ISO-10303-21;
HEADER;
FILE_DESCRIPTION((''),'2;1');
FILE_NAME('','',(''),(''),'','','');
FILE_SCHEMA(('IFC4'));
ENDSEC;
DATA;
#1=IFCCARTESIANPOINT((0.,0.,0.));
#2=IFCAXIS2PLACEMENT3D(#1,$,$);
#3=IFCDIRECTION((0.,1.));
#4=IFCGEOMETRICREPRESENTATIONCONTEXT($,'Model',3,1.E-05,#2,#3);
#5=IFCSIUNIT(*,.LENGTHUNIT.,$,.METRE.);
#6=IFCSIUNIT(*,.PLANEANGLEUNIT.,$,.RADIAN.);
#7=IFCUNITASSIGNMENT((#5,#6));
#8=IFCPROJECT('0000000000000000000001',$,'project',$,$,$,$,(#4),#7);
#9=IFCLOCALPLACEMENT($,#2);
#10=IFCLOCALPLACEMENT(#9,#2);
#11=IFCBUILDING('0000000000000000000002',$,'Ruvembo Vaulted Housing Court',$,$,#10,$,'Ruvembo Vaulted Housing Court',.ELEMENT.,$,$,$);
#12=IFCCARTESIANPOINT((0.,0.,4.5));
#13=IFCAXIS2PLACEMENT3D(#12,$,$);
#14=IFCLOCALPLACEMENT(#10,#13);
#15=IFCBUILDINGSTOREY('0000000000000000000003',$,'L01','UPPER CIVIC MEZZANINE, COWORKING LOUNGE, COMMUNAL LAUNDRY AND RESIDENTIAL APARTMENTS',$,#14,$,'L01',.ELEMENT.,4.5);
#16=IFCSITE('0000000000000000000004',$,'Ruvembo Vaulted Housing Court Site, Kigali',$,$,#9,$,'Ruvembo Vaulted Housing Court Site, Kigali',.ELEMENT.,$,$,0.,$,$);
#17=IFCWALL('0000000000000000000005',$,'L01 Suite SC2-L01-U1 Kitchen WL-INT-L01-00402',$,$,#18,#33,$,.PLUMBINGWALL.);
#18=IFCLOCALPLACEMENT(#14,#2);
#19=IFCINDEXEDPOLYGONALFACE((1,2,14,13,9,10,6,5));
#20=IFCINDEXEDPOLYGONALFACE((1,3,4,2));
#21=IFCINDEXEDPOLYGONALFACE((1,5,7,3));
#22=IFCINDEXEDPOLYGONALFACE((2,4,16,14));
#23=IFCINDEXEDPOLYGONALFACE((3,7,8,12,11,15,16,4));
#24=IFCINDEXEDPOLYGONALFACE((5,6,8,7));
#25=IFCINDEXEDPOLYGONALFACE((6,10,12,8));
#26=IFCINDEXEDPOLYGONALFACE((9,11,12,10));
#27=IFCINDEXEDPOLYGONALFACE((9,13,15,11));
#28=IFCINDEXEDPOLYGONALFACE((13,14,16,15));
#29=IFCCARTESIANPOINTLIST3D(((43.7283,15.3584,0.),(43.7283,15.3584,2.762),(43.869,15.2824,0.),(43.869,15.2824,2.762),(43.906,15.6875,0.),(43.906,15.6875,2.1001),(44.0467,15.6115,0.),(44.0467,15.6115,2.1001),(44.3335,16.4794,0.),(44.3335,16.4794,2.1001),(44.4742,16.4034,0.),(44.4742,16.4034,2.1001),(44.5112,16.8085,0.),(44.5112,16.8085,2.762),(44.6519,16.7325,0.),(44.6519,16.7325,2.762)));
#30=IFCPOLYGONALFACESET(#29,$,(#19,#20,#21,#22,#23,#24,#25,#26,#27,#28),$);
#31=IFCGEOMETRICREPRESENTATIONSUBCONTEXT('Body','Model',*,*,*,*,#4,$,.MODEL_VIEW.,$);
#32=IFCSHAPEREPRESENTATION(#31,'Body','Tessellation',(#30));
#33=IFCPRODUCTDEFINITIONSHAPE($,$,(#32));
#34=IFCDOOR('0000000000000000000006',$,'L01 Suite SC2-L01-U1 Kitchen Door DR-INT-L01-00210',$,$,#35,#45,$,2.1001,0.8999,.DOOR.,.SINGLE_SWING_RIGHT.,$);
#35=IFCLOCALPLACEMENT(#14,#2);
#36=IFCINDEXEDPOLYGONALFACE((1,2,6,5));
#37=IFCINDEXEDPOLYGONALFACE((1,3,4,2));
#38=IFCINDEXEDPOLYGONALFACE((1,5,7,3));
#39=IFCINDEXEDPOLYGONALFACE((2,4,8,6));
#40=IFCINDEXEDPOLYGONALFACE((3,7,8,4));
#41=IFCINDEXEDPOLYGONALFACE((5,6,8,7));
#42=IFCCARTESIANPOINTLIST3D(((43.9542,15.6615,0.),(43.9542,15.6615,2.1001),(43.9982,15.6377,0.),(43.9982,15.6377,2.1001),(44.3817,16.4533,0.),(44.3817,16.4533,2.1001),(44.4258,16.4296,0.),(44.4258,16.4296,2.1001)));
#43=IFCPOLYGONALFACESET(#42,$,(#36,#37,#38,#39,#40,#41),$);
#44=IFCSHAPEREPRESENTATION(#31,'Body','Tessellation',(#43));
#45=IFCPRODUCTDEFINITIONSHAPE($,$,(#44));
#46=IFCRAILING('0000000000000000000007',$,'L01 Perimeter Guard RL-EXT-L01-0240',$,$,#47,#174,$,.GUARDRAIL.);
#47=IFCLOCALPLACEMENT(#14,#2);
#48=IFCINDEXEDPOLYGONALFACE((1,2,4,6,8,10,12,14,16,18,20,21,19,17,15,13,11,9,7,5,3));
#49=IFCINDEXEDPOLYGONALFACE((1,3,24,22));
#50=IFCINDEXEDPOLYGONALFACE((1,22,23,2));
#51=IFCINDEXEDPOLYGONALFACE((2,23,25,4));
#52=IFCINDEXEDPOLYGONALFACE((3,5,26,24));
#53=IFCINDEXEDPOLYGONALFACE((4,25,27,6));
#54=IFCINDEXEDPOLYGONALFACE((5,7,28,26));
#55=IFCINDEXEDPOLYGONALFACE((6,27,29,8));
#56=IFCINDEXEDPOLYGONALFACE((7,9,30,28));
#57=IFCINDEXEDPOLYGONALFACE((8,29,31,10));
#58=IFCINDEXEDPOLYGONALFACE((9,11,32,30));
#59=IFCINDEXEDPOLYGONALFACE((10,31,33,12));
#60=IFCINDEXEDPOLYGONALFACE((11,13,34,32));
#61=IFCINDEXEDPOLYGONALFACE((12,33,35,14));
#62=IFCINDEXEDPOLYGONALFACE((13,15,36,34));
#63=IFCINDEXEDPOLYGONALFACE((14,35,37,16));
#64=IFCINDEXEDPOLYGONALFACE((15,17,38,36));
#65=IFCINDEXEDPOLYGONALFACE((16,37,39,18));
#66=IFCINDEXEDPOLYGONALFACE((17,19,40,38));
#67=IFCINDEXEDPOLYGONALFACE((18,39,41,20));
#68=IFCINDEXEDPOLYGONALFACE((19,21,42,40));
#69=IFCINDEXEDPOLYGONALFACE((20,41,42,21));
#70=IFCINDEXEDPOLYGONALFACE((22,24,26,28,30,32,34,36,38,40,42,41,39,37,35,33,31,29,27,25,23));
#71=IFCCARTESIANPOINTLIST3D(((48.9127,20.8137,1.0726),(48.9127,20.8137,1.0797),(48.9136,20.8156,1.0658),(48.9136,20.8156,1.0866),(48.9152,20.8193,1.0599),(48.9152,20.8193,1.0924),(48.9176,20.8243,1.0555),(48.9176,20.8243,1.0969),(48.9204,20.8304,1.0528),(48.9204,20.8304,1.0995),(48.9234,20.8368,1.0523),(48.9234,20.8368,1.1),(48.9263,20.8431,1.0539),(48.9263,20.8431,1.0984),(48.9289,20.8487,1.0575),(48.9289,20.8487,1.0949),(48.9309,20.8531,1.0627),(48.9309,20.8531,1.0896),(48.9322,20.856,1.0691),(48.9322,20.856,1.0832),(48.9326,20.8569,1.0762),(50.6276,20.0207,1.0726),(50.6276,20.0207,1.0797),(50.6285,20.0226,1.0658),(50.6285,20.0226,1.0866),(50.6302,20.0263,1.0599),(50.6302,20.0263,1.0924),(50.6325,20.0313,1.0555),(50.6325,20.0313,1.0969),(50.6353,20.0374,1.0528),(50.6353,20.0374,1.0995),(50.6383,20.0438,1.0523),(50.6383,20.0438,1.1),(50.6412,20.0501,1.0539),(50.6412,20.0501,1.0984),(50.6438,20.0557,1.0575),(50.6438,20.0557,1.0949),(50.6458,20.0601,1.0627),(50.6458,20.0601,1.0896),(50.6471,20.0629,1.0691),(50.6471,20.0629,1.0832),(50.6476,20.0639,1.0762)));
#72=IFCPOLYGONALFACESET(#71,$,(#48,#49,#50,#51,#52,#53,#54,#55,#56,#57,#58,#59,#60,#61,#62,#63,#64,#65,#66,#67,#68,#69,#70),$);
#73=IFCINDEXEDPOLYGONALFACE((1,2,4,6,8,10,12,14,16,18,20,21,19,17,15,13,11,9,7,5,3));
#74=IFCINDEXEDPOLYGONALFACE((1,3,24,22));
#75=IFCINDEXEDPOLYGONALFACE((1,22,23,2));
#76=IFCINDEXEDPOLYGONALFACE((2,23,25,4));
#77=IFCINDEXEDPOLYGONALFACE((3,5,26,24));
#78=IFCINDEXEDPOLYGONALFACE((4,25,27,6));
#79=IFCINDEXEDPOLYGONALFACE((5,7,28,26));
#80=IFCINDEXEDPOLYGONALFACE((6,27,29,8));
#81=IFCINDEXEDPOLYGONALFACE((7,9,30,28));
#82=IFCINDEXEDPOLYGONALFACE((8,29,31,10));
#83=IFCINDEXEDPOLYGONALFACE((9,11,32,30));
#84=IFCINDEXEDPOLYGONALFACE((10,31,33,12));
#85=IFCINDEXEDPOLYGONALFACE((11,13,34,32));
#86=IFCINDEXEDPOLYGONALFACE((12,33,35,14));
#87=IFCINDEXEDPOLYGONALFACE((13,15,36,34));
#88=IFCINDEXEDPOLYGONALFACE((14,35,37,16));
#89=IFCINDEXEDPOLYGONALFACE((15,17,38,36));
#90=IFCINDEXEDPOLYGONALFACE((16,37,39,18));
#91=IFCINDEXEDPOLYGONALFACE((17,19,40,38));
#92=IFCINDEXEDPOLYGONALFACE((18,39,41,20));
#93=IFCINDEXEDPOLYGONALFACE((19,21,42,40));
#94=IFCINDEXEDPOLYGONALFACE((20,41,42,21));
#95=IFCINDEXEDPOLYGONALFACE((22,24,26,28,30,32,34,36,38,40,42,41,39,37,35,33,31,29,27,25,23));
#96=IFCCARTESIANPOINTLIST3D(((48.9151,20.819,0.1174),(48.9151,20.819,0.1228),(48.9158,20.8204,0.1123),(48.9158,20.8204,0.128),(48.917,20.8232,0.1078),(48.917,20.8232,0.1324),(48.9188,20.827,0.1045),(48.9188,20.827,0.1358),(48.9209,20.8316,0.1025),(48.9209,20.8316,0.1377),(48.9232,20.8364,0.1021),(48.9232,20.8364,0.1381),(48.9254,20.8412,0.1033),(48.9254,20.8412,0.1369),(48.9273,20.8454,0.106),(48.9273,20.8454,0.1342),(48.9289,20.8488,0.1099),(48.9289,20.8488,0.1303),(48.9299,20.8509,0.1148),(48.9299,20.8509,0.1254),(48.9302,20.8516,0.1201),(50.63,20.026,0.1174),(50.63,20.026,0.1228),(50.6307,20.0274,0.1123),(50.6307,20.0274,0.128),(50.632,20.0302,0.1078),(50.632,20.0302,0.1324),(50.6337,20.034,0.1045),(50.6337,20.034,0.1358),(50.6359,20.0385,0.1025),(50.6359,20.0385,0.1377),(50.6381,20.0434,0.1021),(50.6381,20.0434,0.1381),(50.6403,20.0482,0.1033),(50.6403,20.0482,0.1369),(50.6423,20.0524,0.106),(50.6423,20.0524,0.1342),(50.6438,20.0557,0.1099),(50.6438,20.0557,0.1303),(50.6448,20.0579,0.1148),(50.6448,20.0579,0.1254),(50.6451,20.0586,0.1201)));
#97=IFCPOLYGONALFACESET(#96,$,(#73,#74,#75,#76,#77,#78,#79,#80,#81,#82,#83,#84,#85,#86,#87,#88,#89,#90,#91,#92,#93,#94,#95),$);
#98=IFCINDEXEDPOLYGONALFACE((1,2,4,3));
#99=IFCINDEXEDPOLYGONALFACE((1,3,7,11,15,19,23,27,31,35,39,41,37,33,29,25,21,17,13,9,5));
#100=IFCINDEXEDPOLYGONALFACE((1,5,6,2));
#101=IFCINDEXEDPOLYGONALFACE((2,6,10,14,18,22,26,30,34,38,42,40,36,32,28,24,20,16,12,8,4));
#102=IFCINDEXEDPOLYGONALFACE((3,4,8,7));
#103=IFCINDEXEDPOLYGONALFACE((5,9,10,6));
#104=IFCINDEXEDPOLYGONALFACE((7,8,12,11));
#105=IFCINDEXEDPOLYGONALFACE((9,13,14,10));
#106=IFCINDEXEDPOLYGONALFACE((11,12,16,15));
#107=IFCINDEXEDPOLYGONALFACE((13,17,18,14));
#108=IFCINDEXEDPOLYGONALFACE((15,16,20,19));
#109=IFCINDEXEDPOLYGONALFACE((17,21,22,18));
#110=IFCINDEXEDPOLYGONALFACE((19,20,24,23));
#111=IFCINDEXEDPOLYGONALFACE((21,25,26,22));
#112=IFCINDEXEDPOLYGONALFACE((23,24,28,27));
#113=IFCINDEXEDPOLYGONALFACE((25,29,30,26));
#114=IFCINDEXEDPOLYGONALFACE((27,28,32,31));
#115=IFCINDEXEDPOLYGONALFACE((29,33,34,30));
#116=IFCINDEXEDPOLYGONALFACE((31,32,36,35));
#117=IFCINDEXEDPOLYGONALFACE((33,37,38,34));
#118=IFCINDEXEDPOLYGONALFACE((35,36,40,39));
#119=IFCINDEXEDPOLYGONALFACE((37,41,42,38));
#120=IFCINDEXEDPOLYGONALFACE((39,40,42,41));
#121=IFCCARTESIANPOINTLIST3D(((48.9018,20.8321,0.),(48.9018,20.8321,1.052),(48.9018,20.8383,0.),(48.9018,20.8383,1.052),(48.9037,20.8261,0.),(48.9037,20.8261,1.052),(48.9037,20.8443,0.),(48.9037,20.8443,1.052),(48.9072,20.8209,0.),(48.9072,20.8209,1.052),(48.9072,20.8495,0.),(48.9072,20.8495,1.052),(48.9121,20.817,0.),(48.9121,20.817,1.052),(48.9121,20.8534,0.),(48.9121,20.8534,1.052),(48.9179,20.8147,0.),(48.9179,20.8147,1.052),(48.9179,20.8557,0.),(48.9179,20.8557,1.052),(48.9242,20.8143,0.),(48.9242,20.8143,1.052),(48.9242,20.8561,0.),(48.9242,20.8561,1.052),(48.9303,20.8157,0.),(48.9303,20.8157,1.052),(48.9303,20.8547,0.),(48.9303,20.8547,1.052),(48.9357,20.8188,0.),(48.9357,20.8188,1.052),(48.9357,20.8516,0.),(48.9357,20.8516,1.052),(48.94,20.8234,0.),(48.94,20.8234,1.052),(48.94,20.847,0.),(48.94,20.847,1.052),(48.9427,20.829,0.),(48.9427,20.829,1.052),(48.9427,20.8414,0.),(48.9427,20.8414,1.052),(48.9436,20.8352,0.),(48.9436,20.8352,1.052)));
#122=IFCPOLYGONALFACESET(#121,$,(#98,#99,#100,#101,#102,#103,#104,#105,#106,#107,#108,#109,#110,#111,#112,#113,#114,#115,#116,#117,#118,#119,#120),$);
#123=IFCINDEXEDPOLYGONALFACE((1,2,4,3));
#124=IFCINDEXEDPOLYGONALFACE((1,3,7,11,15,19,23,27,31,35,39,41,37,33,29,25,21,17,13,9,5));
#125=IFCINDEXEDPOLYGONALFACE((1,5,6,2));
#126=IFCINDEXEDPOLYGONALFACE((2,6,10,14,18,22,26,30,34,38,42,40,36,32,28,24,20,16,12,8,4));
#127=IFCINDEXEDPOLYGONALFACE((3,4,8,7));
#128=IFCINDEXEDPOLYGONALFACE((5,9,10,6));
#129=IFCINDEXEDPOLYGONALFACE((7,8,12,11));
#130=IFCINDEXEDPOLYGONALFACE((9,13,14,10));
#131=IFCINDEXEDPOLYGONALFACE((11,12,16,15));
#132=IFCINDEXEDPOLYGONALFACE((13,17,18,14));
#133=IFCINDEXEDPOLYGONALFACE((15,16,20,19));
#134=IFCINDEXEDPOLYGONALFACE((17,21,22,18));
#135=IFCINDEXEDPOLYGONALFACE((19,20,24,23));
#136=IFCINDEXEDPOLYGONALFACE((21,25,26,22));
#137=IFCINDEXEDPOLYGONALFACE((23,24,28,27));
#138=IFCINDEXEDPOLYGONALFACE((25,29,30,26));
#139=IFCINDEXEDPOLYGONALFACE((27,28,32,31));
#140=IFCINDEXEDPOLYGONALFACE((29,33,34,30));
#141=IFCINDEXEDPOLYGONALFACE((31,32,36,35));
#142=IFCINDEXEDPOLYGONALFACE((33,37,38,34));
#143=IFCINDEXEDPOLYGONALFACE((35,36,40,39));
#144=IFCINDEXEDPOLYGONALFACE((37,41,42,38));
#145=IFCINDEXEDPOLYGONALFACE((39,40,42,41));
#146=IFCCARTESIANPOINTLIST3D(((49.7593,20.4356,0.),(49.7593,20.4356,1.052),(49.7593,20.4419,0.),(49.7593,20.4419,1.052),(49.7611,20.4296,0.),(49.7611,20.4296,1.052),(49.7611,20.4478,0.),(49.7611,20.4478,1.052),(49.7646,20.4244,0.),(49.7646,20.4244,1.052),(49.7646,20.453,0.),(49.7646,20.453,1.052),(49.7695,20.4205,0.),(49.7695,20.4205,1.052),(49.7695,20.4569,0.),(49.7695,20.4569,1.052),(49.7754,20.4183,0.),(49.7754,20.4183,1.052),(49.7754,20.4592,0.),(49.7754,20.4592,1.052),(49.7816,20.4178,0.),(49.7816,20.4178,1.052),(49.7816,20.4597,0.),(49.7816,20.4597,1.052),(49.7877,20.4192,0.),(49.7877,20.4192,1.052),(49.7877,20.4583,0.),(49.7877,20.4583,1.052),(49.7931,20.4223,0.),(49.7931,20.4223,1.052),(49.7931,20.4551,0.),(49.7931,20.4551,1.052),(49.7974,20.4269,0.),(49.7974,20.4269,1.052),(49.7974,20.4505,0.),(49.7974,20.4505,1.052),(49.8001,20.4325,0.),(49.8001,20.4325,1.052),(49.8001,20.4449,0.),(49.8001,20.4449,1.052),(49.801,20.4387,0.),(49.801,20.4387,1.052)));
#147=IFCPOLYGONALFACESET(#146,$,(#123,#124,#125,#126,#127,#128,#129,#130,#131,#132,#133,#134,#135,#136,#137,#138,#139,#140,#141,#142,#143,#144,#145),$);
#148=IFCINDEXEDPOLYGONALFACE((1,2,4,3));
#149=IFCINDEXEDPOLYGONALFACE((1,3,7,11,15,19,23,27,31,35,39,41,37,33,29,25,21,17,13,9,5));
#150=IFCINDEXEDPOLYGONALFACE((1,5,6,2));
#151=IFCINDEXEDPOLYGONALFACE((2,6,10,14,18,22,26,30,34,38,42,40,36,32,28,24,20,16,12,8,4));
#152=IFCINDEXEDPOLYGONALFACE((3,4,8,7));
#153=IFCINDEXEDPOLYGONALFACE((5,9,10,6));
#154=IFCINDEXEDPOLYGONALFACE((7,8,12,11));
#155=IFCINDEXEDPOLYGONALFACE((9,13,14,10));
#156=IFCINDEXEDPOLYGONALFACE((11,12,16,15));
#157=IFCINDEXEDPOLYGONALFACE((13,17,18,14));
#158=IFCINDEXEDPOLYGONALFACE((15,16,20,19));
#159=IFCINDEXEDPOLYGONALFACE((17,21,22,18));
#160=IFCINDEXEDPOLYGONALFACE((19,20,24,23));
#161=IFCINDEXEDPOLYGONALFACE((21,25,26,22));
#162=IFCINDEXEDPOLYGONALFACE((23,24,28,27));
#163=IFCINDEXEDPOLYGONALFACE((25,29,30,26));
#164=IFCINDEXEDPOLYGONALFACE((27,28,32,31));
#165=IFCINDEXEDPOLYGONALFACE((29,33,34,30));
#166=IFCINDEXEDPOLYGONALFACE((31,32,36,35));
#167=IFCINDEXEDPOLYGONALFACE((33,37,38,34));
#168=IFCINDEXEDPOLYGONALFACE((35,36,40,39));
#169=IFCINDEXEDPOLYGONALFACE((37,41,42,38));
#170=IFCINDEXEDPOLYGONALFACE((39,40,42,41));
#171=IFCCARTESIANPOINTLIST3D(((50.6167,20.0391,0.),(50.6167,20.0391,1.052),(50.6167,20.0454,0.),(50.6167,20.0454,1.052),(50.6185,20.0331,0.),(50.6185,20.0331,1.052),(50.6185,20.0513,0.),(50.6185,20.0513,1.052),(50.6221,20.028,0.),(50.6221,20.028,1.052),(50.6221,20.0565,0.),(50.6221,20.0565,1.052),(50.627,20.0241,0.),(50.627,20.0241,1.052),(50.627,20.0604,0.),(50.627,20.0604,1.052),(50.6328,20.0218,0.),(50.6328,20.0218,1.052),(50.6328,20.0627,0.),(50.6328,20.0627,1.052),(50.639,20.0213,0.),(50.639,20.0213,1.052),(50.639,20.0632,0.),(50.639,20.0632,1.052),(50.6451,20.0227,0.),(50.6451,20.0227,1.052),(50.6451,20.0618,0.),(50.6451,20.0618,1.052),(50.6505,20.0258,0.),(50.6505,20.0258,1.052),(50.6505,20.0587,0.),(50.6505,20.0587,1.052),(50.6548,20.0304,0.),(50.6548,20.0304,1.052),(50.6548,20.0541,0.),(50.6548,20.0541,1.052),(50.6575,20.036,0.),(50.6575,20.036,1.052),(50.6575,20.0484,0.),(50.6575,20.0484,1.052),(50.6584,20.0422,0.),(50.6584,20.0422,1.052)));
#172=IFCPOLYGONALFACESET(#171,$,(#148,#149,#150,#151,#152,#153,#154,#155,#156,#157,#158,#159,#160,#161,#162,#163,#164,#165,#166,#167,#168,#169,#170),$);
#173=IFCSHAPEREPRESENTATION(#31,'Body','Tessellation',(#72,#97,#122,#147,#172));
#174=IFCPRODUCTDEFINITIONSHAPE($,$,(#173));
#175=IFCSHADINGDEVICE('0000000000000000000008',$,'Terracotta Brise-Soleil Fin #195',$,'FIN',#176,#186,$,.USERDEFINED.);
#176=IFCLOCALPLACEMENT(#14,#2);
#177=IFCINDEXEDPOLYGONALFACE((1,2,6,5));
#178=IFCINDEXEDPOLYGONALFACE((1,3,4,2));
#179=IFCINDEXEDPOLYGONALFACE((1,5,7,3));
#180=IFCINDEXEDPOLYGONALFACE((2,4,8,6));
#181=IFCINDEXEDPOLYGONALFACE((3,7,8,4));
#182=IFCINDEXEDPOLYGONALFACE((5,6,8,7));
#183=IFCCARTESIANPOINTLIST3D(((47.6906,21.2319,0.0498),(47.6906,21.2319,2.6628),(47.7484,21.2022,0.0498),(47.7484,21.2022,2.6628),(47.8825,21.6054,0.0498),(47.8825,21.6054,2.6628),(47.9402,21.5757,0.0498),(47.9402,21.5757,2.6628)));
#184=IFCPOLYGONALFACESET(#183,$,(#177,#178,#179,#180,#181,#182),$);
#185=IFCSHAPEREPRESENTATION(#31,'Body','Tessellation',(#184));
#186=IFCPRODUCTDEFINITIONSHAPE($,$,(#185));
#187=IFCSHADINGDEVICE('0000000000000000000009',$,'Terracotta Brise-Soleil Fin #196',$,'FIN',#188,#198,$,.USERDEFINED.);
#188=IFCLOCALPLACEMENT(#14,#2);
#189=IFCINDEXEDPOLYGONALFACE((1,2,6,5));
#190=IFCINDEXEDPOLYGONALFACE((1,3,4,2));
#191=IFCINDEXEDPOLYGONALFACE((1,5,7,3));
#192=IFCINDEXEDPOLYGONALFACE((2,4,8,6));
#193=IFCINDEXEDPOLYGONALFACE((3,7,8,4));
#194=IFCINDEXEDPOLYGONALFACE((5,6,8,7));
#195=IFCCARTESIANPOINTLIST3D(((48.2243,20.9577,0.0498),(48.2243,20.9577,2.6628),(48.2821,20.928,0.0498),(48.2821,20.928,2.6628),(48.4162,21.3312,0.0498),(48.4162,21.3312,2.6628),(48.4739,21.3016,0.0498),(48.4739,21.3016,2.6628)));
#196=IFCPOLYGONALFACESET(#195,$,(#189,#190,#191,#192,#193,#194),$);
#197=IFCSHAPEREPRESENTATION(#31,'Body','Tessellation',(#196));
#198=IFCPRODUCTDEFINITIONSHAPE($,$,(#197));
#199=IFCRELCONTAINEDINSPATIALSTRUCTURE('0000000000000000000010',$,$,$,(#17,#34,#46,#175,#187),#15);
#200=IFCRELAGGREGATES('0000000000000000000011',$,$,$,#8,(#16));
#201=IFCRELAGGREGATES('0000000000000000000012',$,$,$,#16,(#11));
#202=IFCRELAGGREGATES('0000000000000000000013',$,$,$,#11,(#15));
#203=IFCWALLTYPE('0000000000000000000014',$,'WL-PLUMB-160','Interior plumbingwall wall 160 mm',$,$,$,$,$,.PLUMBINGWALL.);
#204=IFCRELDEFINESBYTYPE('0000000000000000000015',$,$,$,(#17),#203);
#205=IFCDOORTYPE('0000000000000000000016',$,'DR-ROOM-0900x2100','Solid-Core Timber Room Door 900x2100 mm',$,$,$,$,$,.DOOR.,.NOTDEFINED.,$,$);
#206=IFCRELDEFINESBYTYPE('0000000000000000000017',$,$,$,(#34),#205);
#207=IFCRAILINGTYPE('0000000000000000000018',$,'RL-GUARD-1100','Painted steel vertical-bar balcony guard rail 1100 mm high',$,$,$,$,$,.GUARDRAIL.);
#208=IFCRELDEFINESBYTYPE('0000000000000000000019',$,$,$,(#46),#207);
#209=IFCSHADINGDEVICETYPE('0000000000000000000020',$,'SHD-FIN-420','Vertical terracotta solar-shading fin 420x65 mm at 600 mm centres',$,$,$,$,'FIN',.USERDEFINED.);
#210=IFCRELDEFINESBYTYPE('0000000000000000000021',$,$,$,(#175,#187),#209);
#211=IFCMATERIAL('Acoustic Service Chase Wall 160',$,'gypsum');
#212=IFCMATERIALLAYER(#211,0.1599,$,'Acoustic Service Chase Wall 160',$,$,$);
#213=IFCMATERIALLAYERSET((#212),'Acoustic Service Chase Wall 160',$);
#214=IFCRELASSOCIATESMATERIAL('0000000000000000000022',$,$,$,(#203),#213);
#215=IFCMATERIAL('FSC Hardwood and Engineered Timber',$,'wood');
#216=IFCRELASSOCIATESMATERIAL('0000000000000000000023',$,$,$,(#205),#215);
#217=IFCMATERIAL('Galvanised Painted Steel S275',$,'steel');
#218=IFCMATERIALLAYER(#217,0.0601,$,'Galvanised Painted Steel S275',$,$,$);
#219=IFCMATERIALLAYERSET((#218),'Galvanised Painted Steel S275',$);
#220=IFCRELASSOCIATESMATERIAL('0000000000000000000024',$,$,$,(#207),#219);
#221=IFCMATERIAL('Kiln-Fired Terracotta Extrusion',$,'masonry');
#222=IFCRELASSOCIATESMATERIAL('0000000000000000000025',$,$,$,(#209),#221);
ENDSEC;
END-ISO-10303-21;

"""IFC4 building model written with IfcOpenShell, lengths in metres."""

from ifc_helpers import new_model, si_unit, direction, frame, frame_2d, origin, origin_2d, place, context, subcontext, project, spatial, rectangle, circle, extrude, material, layer, layer_set, type_object, element, fill, save


model = new_model("IFC4")

# Units and contexts
model_context = context("Model", 3, precision=1e-05, world=origin(), true_north=direction((0.0, 1.0)))
body_context = subcontext(model_context, "Body", "Model", "MODEL_VIEW")
ifc_project = project(units=[si_unit("LENGTHUNIT", "METRE"), si_unit("PLANEANGLEUNIT", "RADIAN")], contexts=[model_context])

# Site, building, storey
site_placement = place(None, origin())
site = spatial("IfcSite", under=ifc_project, at=site_placement, Name="Ruvembo Vaulted Housing Court Site, Kigali", LongName="Ruvembo Vaulted Housing Court Site, Kigali", CompositionType="ELEMENT", RefElevation=0.0)
building_placement = place(site_placement, origin())
building = spatial("IfcBuilding", under=site, at=building_placement, Name="Ruvembo Vaulted Housing Court", LongName="Ruvembo Vaulted Housing Court", CompositionType="ELEMENT")
storey_placement = place(building_placement, frame((0.0, 0.0, 4.5)))
storey = spatial("IfcBuildingStorey", under=building, at=storey_placement, Name="L01", Description="UPPER CIVIC MEZZANINE, COWORKING LOUNGE, COMMUNAL LAUNDRY AND RESIDENTIAL APARTMENTS", LongName="L01", CompositionType="ELEMENT", Elevation=4.5)

# Wall, opening, door
ifc_material_1 = material(Name="FSC Hardwood and Engineered Timber", Category="wood")
ifc_material_2 = material(Name="Acoustic Service Chase Wall 160", Category="gypsum")
ifc_layer_1 = layer(ifc_material_2, 0.1599, Name="Acoustic Service Chase Wall 160")
ifc_layer_set_1 = layer_set([ifc_layer_1], Name="Acoustic Service Chase Wall 160")
wall_type_1 = type_object("IfcWallType", Name="WL-PLUMB-160", Description="Interior plumbingwall wall 160 mm", PredefinedType="PLUMBINGWALL", material=ifc_layer_set_1)
wall_1_placement = place(storey_placement, frame((44.5815, 16.7705, 0.0), z_axis=(0.0, 0.0, 1.0), x_axis=(-0.47508, -0.879943, 0.0)))
wall_1 = element("IfcWall", 1, at=wall_1_placement, inside=storey, type_object=wall_type_1, Name="L01 Suite SC2-L01-U1 Kitchen WL-INT-L01-00402", PredefinedType="PLUMBINGWALL", context=body_context, shape_type="SweptSolid", body=[
    extrude(rectangle(XDim=1.6479, YDim=0.1599, at=frame_2d((0.824, 0.0))), origin(), (0.0, 0.0, 1.0), 2.762),
])
opening_1_placement = place(wall_1_placement, frame((0.374, 0.0, 0.0)))
opening_1 = element("IfcOpeningElement", 2, at=opening_1_placement, cuts=wall_1, PredefinedType="OPENING", context=body_context, shape_type="SweptSolid", body=[
    extrude(rectangle(XDim=0.8999, YDim=2.1001, at=frame_2d((0.45, 1.05))), frame((0.0, 0.0898, 0.0), z_axis=(0.0, -1.0, 0.0), x_axis=(1.0, 0.0, 0.0)), (0.0, 0.0, 1.0), 0.1799),
])
door_type_1 = type_object("IfcDoorType", Name="DR-ROOM-0900x2100", Description="Solid-Core Timber Room Door 900x2100 mm", OperationType="NOTDEFINED", PredefinedType="DOOR", material=ifc_material_1)
door_1_placement = place(opening_1_placement, origin())
door_1 = element("IfcDoor", 3, at=door_1_placement, inside=storey, type_object=door_type_1, Name="L01 Suite SC2-L01-U1 Kitchen Door DR-INT-L01-00210", OperationType="SINGLE_SWING_RIGHT", OverallHeight=2.1001, OverallWidth=0.8999, PredefinedType="DOOR", context=body_context, shape_type="SweptSolid", body=[
    extrude(rectangle(XDim=0.8999, YDim=2.1001, at=frame_2d((0.45, 1.05))), frame((0.0, 0.0249, 0.0), z_axis=(0.0, -1.0, 0.0), x_axis=(1.0, 0.0, 0.0)), (0.0, 0.0, 1.0), 0.05),
])
fill(opening_1, door_1)

# Railing
ifc_material_3 = material(Name="Galvanised Painted Steel S275", Category="steel")
ifc_layer_2 = layer(ifc_material_3, 0.0601, Name="Galvanised Painted Steel S275")
ifc_layer_set_2 = layer_set([ifc_layer_2], Name="Galvanised Painted Steel S275")
railing_type = type_object("IfcRailingType", Name="RL-GUARD-1100", Description="Painted steel vertical-bar balcony guard rail 1100 mm high", PredefinedType="GUARDRAIL", material=ifc_layer_set_2)
railing_placement = place(storey_placement, frame((48.9226, 20.8352, 0.0)))
element("IfcRailing", 4, at=railing_placement, inside=storey, type_object=railing_type, Name="L01 Perimeter Guard RL-EXT-L01-0240", PredefinedType="GUARDRAIL", context=body_context, shape_type="SweptSolid", body=[
    extrude(circle(Radius=0.0239, at=origin_2d()), frame((0.0, 0.0, 1.0762), z_axis=(0.907657, -0.419714, 0.0), x_axis=(0.419714, 0.907657, 0.0)), (0.0, 0.0, 1.0), 1.8894),
    extrude(circle(Radius=0.0181, at=origin_2d()), frame((0.0, 0.0, 0.1201), z_axis=(0.907657, -0.419714, 0.0), x_axis=(0.419714, 0.907657, 0.0)), (0.0, 0.0, 1.0), 1.8894),
    extrude(circle(Radius=0.021, at=origin_2d()), origin(), (0.0, 0.0, 1.0), 1.052),
    extrude(circle(Radius=0.021, at=origin_2d()), frame((0.8574, -0.3965, 0.0)), (0.0, 0.0, 1.0), 1.052),
    extrude(circle(Radius=0.021, at=origin_2d()), frame((1.7148, -0.793, 0.0)), (0.0, 0.0, 1.0), 1.052),
])

# Shading devices
ifc_material_4 = material(Name="Kiln-Fired Terracotta Extrusion", Category="masonry")
shading_device_type = type_object("IfcShadingDeviceType", Name="SHD-FIN-420", Description="Vertical terracotta solar-shading fin 420x65 mm at 600 mm centres", ElementType="FIN", PredefinedType="USERDEFINED", material=ifc_material_4)
for number, where, z_axis, x_axis, name in (
    (5, (47.8154, 21.4038, 0.0498), (0.0, 0.0, 1.0), (-0.45685, -0.889544, 0.0), "Terracotta Brise-Soleil Fin #195"),
    (6, (48.3491, 21.1296, 0.0498), (0.0, 0.0, 1.0), (-0.45685, -0.889544, 0.0), "Terracotta Brise-Soleil Fin #196"),
):
    element("IfcShadingDevice", number, at=place(storey_placement, frame(where, z_axis=z_axis, x_axis=x_axis)), inside=storey, type_object=shading_device_type, Name=name, ObjectType="FIN", PredefinedType="USERDEFINED", context=body_context, shape_type="SweptSolid", body=[
        extrude(rectangle(XDim=0.4199, YDim=0.0649, at=origin_2d()), origin(), (0.0, 0.0, 1.0), 2.613),
    ])

save(model, "model.ifc")
